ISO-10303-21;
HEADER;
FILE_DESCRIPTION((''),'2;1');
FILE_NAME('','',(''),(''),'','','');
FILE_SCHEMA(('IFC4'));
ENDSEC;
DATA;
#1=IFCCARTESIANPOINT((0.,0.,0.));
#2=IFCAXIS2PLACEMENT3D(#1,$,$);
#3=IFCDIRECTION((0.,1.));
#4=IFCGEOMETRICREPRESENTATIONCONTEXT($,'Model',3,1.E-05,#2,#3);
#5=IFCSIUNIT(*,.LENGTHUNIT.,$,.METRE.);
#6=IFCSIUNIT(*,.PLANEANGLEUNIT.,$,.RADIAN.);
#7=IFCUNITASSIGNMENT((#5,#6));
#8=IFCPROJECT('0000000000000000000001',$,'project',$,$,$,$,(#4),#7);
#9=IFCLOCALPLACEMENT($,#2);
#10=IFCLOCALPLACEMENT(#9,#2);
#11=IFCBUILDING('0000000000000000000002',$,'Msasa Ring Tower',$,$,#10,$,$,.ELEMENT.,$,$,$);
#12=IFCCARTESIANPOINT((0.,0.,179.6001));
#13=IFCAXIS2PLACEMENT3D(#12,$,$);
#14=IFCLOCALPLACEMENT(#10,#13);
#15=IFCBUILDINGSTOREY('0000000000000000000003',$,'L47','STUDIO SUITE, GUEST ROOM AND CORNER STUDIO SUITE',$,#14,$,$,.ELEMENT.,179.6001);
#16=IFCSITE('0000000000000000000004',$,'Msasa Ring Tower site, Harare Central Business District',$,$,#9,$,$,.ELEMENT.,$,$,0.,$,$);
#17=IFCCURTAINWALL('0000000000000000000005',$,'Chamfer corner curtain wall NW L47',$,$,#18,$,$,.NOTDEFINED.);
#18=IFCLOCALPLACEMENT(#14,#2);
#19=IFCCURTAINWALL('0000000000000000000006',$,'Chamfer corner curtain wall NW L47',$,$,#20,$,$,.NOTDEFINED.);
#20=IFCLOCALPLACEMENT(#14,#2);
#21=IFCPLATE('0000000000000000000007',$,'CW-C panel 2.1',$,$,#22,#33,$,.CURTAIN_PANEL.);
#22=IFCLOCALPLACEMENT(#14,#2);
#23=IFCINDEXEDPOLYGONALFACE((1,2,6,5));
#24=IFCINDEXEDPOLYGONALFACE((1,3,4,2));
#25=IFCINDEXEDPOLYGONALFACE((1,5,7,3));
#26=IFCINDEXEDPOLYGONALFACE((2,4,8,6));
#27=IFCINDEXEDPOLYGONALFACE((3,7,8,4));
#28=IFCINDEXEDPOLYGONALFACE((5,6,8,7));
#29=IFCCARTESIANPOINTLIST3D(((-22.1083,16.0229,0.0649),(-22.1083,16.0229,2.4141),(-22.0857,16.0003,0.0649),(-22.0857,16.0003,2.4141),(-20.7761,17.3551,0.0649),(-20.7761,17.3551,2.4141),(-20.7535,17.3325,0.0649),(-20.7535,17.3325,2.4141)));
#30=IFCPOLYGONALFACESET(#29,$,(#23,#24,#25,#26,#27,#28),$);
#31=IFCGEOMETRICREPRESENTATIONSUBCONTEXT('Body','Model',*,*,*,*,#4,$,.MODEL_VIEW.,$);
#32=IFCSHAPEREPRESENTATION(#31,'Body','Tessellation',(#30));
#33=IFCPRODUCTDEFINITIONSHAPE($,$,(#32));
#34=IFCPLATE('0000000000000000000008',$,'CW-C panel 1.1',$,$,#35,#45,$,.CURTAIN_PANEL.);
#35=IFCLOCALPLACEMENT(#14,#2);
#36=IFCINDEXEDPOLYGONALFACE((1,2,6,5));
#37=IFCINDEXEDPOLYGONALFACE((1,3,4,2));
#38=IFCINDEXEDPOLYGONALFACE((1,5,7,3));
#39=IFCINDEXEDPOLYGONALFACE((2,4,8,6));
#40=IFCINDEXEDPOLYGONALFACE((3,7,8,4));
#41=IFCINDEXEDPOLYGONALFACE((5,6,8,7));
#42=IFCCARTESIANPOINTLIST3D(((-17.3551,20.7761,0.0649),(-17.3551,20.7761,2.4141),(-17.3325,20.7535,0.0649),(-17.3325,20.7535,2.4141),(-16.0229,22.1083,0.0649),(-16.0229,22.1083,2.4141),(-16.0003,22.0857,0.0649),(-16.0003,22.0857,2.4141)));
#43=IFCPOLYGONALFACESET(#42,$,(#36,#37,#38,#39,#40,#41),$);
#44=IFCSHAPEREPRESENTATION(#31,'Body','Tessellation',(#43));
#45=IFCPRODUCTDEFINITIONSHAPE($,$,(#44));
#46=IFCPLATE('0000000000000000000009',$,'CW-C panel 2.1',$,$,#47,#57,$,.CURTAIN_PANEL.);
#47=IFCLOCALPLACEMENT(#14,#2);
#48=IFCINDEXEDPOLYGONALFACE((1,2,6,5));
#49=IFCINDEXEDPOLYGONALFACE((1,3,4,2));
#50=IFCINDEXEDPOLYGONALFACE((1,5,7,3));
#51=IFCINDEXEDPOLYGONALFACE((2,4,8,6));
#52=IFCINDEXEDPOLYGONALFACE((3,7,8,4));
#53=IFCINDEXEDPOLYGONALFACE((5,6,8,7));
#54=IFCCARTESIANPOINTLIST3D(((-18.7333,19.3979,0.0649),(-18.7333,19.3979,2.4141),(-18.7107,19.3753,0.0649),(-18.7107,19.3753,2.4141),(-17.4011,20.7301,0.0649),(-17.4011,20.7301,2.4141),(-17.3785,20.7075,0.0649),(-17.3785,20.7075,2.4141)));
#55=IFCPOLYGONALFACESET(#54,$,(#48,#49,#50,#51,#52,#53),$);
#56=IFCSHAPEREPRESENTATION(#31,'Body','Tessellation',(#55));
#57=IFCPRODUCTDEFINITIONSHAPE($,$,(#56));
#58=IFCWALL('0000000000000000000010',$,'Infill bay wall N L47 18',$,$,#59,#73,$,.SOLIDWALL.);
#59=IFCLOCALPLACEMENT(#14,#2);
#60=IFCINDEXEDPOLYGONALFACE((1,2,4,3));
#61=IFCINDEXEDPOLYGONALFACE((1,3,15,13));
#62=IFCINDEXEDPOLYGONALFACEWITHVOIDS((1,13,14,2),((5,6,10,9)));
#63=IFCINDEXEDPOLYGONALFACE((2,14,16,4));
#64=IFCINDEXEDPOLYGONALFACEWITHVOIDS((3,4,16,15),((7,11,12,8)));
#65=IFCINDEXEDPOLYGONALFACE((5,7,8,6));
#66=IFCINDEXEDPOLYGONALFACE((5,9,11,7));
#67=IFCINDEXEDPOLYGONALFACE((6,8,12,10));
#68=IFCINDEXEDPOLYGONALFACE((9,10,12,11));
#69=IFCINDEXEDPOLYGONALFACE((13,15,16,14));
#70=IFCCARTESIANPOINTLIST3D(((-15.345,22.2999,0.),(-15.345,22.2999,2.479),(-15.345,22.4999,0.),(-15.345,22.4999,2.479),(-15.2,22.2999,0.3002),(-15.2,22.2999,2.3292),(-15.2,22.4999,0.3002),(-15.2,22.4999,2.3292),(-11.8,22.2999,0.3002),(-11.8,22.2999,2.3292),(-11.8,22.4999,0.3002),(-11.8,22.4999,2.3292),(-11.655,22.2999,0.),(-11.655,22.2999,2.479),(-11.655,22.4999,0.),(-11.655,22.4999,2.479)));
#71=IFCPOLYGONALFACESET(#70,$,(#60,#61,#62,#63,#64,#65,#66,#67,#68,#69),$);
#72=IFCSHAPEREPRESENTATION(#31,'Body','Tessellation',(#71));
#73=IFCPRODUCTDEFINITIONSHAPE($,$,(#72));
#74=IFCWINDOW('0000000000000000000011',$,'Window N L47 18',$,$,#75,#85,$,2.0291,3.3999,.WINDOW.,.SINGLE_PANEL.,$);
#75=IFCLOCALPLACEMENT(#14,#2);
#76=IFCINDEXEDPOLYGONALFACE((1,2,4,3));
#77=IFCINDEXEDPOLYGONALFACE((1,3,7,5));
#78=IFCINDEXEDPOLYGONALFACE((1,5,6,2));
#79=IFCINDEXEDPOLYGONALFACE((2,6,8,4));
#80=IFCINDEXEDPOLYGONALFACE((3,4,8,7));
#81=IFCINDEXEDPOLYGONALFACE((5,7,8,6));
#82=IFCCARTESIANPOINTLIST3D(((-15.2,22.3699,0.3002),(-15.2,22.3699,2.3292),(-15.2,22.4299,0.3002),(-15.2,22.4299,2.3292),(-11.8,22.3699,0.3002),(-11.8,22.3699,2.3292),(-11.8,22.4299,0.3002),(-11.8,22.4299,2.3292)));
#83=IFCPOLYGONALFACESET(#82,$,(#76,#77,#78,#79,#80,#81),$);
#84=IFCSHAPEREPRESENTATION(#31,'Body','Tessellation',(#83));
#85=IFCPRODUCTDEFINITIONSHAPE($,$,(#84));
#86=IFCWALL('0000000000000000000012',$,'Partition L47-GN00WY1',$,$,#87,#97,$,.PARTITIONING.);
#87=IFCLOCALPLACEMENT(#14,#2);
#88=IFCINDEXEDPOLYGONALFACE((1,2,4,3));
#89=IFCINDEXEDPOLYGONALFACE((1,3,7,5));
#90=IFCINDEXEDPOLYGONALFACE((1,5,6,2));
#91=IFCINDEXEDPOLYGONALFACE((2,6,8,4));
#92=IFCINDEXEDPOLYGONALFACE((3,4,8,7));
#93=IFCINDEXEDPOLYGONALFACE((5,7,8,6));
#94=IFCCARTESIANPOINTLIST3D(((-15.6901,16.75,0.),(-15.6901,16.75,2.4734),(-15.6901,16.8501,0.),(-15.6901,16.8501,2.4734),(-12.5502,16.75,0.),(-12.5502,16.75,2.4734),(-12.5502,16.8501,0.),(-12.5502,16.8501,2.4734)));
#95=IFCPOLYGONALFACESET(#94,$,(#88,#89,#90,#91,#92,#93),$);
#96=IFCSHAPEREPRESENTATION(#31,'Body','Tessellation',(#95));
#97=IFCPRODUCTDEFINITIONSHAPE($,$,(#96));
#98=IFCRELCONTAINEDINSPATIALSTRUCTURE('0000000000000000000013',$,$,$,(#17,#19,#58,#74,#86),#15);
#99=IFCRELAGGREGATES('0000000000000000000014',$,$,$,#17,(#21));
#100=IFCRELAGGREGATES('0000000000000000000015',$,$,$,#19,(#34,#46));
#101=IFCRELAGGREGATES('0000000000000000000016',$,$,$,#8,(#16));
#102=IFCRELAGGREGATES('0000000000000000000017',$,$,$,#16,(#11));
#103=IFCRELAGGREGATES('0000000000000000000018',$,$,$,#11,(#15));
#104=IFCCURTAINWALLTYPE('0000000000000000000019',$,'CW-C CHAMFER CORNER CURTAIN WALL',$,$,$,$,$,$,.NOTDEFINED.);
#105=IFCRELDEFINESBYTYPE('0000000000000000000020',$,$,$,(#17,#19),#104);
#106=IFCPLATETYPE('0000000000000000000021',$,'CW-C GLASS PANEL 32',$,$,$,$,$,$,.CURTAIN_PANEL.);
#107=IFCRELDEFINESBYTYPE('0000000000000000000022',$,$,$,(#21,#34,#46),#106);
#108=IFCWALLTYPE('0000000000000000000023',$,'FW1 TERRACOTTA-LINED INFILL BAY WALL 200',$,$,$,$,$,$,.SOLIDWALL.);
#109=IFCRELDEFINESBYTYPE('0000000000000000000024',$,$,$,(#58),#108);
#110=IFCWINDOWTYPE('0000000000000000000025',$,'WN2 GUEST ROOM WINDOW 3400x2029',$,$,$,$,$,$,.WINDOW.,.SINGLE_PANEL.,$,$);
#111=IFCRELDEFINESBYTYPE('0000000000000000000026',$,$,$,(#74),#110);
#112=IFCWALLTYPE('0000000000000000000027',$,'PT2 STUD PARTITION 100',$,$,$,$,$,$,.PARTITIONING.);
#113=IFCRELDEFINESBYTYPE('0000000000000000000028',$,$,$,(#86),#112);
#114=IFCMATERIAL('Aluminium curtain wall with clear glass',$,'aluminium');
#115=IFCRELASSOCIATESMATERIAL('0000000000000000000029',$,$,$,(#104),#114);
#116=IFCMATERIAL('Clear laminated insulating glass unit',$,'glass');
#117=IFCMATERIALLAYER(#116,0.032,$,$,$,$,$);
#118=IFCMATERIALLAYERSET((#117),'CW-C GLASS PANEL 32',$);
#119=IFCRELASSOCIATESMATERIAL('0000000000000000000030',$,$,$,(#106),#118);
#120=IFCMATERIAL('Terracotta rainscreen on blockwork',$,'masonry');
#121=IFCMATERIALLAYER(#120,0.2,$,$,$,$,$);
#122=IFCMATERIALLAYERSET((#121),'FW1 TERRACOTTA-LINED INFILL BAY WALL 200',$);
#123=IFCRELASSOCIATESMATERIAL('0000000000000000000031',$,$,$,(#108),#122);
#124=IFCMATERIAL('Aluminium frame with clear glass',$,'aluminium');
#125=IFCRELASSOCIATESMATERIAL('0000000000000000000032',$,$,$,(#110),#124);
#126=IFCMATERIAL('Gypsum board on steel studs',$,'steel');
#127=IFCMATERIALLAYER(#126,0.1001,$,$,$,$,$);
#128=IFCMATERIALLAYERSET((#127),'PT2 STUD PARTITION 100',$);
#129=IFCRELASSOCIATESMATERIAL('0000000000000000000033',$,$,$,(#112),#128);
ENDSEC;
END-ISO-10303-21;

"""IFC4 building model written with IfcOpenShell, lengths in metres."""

from ifc_helpers import new_model, si_unit, direction, frame, frame_2d, origin, origin_2d, place, context, subcontext, project, spatial, rectangle, extrude, material, layer, layer_set, type_object, element, fill, aggregate, save


model = new_model("IFC4")

# Units and contexts
model_context = context("Model", 3, precision=1e-05, world=origin(), true_north=direction((0.0, 1.0)))
body_context = subcontext(model_context, "Body", "Model", "MODEL_VIEW")
ifc_project = project(units=[si_unit("LENGTHUNIT", "METRE"), si_unit("PLANEANGLEUNIT", "RADIAN")], contexts=[model_context])

# Site, building, storey
site_placement = place(None, origin())
site = spatial("IfcSite", under=ifc_project, at=site_placement, Name="Msasa Ring Tower site, Harare Central Business District", CompositionType="ELEMENT", RefElevation=0.0)
building_placement = place(site_placement, origin())
building = spatial("IfcBuilding", under=site, at=building_placement, Name="Msasa Ring Tower", CompositionType="ELEMENT")
storey_placement = place(building_placement, frame((0.0, 0.0, 179.6001)))
storey = spatial("IfcBuildingStorey", under=building, at=storey_placement, Name="L47", Description="STUDIO SUITE, GUEST ROOM AND CORNER STUDIO SUITE", CompositionType="ELEMENT", Elevation=179.6001)

# Curtain walls
ifc_material_1 = material(Name="Aluminium curtain wall with clear glass", Category="aluminium")
curtain_wall_type = type_object("IfcCurtainWallType", Name="CW-C CHAMFER CORNER CURTAIN WALL", PredefinedType="NOTDEFINED", material=ifc_material_1)
curtain_wall_1_placement = place(storey_placement, origin())
curtain_wall_1 = element("IfcCurtainWall", 1, at=curtain_wall_1_placement, inside=storey, type_object=curtain_wall_type, Name="Chamfer corner curtain wall NW L47", PredefinedType="NOTDEFINED")
curtain_wall_2_placement = place(storey_placement, origin())
curtain_wall_2 = element("IfcCurtainWall", 2, at=curtain_wall_2_placement, inside=storey, type_object=curtain_wall_type, Name="Chamfer corner curtain wall NW L47", PredefinedType="NOTDEFINED")

# Plates
ifc_material_2 = material(Name="Clear laminated insulating glass unit", Category="glass")
ifc_layer_1 = layer(ifc_material_2, 0.032)
ifc_layer_set_1 = layer_set([ifc_layer_1], Name="CW-C GLASS PANEL 32")
plate_type = type_object("IfcPlateType", Name="CW-C GLASS PANEL 32", PredefinedType="CURTAIN_PANEL", material=ifc_layer_set_1)
plate_1_placement = place(storey_placement, frame((-21.4309, 16.6777, 0.0649), z_axis=(0.0, 0.0, 1.0), x_axis=(-0.707107, -0.707107, 0.0)))
plate_1 = element("IfcPlate", 3, at=plate_1_placement, type_object=plate_type, Name="CW-C panel 2.1", PredefinedType="CURTAIN_PANEL", context=body_context, shape_type="SweptSolid", body=[
    extrude(rectangle(XDim=1.884, YDim=0.032, at=origin_2d()), origin(), (0.0, 0.0, 1.0), 2.3491),
])
aggregate(curtain_wall_1, [plate_1])
plate_2_placement = place(storey_placement, frame((-16.6777, 21.4309, 0.0649), z_axis=(0.0, 0.0, 1.0), x_axis=(-0.707107, -0.707107, 0.0)))
plate_2 = element("IfcPlate", 4, at=plate_2_placement, type_object=plate_type, Name="CW-C panel 1.1", PredefinedType="CURTAIN_PANEL", context=body_context, shape_type="SweptSolid", body=[
    extrude(rectangle(XDim=1.884, YDim=0.032, at=origin_2d()), origin(), (0.0, 0.0, 1.0), 2.3491),
])
plate_3_placement = place(storey_placement, frame((-18.0559, 20.0527, 0.0649), z_axis=(0.0, 0.0, 1.0), x_axis=(-0.707107, -0.707107, 0.0)))
plate_3 = element("IfcPlate", 5, at=plate_3_placement, type_object=plate_type, Name="CW-C panel 2.1", PredefinedType="CURTAIN_PANEL", context=body_context, shape_type="SweptSolid", body=[
    extrude(rectangle(XDim=1.884, YDim=0.032, at=origin_2d()), origin(), (0.0, 0.0, 1.0), 2.3491),
])
aggregate(curtain_wall_2, [plate_2, plate_3])

# Wall, opening, window
ifc_material_3 = material(Name="Terracotta rainscreen on blockwork", Category="masonry")
ifc_layer_2 = layer(ifc_material_3, 0.2)
ifc_layer_set_2 = layer_set([ifc_layer_2], Name="FW1 TERRACOTTA-LINED INFILL BAY WALL 200")
wall_type_1 = type_object("IfcWallType", Name="FW1 TERRACOTTA-LINED INFILL BAY WALL 200", PredefinedType="SOLIDWALL", material=ifc_layer_set_2)
wall_1_placement = place(storey_placement, frame((-15.345, 22.3999, 0.0), z_axis=(0.0, 0.0, 1.0), x_axis=(1.0, 0.0, 0.0)))
wall_1 = element("IfcWall", 6, at=wall_1_placement, inside=storey, type_object=wall_type_1, Name="Infill bay wall N L47 18", PredefinedType="SOLIDWALL", context=body_context, shape_type="SweptSolid", body=[
    extrude(rectangle(XDim=3.6899, YDim=0.2, at=frame_2d((1.845, 0.0))), origin(), (0.0, 0.0, 1.0), 2.479),
])
opening_placement = place(wall_1_placement, frame((0.145, 0.0, 0.3)))
opening = element("IfcOpeningElement", 7, at=opening_placement, cuts=wall_1, PredefinedType="OPENING", context=body_context, shape_type="SweptSolid", body=[
    extrude(rectangle(XDim=3.3999, YDim=2.0291, at=frame_2d((1.7, 1.0146))), frame((0.0, 0.1099, 0.0), z_axis=(0.0, -1.0, 0.0), x_axis=(1.0, 0.0, 0.0)), (0.0, 0.0, 1.0), 0.22),
])
ifc_material_4 = material(Name="Aluminium frame with clear glass", Category="aluminium")
window_type = type_object("IfcWindowType", Name="WN2 GUEST ROOM WINDOW 3400x2029", PartitioningType="SINGLE_PANEL", PredefinedType="WINDOW", material=ifc_material_4)
window_placement = place(opening_placement, origin())
window = element("IfcWindow", 8, at=window_placement, inside=storey, type_object=window_type, Name="Window N L47 18", OverallHeight=2.0291, OverallWidth=3.3999, PartitioningType="SINGLE_PANEL", PredefinedType="WINDOW", context=body_context, shape_type="SweptSolid", body=[
    extrude(rectangle(XDim=3.3999, YDim=2.0291, at=frame_2d((1.7, 1.0146))), frame((0.0, 0.03, 0.0), z_axis=(0.0, -1.0, 0.0), x_axis=(1.0, 0.0, 0.0)), (0.0, 0.0, 1.0), 0.0601),
])
fill(opening, window)

# Wall
ifc_material_5 = material(Name="Gypsum board on steel studs", Category="steel")
ifc_layer_3 = layer(ifc_material_5, 0.1001)
ifc_layer_set_3 = layer_set([ifc_layer_3], Name="PT2 STUD PARTITION 100")
wall_type_2 = type_object("IfcWallType", Name="PT2 STUD PARTITION 100", PredefinedType="PARTITIONING", material=ifc_layer_set_3)
wall_2_placement = place(storey_placement, frame((-15.6899, 16.8, 0.0), z_axis=(0.0, 0.0, 1.0), x_axis=(1.0, 0.0, 0.0)))
element("IfcWall", 9, at=wall_2_placement, inside=storey, type_object=wall_type_2, Name="Partition L47-GN00WY1", PredefinedType="PARTITIONING", context=body_context, shape_type="SweptSolid", body=[
    extrude(rectangle(XDim=3.1399, YDim=0.1001, at=frame_2d((1.5698, 0.0))), origin(), (0.0, 0.0, 1.0), 2.4734),
])

save(model, "model.ifc")
